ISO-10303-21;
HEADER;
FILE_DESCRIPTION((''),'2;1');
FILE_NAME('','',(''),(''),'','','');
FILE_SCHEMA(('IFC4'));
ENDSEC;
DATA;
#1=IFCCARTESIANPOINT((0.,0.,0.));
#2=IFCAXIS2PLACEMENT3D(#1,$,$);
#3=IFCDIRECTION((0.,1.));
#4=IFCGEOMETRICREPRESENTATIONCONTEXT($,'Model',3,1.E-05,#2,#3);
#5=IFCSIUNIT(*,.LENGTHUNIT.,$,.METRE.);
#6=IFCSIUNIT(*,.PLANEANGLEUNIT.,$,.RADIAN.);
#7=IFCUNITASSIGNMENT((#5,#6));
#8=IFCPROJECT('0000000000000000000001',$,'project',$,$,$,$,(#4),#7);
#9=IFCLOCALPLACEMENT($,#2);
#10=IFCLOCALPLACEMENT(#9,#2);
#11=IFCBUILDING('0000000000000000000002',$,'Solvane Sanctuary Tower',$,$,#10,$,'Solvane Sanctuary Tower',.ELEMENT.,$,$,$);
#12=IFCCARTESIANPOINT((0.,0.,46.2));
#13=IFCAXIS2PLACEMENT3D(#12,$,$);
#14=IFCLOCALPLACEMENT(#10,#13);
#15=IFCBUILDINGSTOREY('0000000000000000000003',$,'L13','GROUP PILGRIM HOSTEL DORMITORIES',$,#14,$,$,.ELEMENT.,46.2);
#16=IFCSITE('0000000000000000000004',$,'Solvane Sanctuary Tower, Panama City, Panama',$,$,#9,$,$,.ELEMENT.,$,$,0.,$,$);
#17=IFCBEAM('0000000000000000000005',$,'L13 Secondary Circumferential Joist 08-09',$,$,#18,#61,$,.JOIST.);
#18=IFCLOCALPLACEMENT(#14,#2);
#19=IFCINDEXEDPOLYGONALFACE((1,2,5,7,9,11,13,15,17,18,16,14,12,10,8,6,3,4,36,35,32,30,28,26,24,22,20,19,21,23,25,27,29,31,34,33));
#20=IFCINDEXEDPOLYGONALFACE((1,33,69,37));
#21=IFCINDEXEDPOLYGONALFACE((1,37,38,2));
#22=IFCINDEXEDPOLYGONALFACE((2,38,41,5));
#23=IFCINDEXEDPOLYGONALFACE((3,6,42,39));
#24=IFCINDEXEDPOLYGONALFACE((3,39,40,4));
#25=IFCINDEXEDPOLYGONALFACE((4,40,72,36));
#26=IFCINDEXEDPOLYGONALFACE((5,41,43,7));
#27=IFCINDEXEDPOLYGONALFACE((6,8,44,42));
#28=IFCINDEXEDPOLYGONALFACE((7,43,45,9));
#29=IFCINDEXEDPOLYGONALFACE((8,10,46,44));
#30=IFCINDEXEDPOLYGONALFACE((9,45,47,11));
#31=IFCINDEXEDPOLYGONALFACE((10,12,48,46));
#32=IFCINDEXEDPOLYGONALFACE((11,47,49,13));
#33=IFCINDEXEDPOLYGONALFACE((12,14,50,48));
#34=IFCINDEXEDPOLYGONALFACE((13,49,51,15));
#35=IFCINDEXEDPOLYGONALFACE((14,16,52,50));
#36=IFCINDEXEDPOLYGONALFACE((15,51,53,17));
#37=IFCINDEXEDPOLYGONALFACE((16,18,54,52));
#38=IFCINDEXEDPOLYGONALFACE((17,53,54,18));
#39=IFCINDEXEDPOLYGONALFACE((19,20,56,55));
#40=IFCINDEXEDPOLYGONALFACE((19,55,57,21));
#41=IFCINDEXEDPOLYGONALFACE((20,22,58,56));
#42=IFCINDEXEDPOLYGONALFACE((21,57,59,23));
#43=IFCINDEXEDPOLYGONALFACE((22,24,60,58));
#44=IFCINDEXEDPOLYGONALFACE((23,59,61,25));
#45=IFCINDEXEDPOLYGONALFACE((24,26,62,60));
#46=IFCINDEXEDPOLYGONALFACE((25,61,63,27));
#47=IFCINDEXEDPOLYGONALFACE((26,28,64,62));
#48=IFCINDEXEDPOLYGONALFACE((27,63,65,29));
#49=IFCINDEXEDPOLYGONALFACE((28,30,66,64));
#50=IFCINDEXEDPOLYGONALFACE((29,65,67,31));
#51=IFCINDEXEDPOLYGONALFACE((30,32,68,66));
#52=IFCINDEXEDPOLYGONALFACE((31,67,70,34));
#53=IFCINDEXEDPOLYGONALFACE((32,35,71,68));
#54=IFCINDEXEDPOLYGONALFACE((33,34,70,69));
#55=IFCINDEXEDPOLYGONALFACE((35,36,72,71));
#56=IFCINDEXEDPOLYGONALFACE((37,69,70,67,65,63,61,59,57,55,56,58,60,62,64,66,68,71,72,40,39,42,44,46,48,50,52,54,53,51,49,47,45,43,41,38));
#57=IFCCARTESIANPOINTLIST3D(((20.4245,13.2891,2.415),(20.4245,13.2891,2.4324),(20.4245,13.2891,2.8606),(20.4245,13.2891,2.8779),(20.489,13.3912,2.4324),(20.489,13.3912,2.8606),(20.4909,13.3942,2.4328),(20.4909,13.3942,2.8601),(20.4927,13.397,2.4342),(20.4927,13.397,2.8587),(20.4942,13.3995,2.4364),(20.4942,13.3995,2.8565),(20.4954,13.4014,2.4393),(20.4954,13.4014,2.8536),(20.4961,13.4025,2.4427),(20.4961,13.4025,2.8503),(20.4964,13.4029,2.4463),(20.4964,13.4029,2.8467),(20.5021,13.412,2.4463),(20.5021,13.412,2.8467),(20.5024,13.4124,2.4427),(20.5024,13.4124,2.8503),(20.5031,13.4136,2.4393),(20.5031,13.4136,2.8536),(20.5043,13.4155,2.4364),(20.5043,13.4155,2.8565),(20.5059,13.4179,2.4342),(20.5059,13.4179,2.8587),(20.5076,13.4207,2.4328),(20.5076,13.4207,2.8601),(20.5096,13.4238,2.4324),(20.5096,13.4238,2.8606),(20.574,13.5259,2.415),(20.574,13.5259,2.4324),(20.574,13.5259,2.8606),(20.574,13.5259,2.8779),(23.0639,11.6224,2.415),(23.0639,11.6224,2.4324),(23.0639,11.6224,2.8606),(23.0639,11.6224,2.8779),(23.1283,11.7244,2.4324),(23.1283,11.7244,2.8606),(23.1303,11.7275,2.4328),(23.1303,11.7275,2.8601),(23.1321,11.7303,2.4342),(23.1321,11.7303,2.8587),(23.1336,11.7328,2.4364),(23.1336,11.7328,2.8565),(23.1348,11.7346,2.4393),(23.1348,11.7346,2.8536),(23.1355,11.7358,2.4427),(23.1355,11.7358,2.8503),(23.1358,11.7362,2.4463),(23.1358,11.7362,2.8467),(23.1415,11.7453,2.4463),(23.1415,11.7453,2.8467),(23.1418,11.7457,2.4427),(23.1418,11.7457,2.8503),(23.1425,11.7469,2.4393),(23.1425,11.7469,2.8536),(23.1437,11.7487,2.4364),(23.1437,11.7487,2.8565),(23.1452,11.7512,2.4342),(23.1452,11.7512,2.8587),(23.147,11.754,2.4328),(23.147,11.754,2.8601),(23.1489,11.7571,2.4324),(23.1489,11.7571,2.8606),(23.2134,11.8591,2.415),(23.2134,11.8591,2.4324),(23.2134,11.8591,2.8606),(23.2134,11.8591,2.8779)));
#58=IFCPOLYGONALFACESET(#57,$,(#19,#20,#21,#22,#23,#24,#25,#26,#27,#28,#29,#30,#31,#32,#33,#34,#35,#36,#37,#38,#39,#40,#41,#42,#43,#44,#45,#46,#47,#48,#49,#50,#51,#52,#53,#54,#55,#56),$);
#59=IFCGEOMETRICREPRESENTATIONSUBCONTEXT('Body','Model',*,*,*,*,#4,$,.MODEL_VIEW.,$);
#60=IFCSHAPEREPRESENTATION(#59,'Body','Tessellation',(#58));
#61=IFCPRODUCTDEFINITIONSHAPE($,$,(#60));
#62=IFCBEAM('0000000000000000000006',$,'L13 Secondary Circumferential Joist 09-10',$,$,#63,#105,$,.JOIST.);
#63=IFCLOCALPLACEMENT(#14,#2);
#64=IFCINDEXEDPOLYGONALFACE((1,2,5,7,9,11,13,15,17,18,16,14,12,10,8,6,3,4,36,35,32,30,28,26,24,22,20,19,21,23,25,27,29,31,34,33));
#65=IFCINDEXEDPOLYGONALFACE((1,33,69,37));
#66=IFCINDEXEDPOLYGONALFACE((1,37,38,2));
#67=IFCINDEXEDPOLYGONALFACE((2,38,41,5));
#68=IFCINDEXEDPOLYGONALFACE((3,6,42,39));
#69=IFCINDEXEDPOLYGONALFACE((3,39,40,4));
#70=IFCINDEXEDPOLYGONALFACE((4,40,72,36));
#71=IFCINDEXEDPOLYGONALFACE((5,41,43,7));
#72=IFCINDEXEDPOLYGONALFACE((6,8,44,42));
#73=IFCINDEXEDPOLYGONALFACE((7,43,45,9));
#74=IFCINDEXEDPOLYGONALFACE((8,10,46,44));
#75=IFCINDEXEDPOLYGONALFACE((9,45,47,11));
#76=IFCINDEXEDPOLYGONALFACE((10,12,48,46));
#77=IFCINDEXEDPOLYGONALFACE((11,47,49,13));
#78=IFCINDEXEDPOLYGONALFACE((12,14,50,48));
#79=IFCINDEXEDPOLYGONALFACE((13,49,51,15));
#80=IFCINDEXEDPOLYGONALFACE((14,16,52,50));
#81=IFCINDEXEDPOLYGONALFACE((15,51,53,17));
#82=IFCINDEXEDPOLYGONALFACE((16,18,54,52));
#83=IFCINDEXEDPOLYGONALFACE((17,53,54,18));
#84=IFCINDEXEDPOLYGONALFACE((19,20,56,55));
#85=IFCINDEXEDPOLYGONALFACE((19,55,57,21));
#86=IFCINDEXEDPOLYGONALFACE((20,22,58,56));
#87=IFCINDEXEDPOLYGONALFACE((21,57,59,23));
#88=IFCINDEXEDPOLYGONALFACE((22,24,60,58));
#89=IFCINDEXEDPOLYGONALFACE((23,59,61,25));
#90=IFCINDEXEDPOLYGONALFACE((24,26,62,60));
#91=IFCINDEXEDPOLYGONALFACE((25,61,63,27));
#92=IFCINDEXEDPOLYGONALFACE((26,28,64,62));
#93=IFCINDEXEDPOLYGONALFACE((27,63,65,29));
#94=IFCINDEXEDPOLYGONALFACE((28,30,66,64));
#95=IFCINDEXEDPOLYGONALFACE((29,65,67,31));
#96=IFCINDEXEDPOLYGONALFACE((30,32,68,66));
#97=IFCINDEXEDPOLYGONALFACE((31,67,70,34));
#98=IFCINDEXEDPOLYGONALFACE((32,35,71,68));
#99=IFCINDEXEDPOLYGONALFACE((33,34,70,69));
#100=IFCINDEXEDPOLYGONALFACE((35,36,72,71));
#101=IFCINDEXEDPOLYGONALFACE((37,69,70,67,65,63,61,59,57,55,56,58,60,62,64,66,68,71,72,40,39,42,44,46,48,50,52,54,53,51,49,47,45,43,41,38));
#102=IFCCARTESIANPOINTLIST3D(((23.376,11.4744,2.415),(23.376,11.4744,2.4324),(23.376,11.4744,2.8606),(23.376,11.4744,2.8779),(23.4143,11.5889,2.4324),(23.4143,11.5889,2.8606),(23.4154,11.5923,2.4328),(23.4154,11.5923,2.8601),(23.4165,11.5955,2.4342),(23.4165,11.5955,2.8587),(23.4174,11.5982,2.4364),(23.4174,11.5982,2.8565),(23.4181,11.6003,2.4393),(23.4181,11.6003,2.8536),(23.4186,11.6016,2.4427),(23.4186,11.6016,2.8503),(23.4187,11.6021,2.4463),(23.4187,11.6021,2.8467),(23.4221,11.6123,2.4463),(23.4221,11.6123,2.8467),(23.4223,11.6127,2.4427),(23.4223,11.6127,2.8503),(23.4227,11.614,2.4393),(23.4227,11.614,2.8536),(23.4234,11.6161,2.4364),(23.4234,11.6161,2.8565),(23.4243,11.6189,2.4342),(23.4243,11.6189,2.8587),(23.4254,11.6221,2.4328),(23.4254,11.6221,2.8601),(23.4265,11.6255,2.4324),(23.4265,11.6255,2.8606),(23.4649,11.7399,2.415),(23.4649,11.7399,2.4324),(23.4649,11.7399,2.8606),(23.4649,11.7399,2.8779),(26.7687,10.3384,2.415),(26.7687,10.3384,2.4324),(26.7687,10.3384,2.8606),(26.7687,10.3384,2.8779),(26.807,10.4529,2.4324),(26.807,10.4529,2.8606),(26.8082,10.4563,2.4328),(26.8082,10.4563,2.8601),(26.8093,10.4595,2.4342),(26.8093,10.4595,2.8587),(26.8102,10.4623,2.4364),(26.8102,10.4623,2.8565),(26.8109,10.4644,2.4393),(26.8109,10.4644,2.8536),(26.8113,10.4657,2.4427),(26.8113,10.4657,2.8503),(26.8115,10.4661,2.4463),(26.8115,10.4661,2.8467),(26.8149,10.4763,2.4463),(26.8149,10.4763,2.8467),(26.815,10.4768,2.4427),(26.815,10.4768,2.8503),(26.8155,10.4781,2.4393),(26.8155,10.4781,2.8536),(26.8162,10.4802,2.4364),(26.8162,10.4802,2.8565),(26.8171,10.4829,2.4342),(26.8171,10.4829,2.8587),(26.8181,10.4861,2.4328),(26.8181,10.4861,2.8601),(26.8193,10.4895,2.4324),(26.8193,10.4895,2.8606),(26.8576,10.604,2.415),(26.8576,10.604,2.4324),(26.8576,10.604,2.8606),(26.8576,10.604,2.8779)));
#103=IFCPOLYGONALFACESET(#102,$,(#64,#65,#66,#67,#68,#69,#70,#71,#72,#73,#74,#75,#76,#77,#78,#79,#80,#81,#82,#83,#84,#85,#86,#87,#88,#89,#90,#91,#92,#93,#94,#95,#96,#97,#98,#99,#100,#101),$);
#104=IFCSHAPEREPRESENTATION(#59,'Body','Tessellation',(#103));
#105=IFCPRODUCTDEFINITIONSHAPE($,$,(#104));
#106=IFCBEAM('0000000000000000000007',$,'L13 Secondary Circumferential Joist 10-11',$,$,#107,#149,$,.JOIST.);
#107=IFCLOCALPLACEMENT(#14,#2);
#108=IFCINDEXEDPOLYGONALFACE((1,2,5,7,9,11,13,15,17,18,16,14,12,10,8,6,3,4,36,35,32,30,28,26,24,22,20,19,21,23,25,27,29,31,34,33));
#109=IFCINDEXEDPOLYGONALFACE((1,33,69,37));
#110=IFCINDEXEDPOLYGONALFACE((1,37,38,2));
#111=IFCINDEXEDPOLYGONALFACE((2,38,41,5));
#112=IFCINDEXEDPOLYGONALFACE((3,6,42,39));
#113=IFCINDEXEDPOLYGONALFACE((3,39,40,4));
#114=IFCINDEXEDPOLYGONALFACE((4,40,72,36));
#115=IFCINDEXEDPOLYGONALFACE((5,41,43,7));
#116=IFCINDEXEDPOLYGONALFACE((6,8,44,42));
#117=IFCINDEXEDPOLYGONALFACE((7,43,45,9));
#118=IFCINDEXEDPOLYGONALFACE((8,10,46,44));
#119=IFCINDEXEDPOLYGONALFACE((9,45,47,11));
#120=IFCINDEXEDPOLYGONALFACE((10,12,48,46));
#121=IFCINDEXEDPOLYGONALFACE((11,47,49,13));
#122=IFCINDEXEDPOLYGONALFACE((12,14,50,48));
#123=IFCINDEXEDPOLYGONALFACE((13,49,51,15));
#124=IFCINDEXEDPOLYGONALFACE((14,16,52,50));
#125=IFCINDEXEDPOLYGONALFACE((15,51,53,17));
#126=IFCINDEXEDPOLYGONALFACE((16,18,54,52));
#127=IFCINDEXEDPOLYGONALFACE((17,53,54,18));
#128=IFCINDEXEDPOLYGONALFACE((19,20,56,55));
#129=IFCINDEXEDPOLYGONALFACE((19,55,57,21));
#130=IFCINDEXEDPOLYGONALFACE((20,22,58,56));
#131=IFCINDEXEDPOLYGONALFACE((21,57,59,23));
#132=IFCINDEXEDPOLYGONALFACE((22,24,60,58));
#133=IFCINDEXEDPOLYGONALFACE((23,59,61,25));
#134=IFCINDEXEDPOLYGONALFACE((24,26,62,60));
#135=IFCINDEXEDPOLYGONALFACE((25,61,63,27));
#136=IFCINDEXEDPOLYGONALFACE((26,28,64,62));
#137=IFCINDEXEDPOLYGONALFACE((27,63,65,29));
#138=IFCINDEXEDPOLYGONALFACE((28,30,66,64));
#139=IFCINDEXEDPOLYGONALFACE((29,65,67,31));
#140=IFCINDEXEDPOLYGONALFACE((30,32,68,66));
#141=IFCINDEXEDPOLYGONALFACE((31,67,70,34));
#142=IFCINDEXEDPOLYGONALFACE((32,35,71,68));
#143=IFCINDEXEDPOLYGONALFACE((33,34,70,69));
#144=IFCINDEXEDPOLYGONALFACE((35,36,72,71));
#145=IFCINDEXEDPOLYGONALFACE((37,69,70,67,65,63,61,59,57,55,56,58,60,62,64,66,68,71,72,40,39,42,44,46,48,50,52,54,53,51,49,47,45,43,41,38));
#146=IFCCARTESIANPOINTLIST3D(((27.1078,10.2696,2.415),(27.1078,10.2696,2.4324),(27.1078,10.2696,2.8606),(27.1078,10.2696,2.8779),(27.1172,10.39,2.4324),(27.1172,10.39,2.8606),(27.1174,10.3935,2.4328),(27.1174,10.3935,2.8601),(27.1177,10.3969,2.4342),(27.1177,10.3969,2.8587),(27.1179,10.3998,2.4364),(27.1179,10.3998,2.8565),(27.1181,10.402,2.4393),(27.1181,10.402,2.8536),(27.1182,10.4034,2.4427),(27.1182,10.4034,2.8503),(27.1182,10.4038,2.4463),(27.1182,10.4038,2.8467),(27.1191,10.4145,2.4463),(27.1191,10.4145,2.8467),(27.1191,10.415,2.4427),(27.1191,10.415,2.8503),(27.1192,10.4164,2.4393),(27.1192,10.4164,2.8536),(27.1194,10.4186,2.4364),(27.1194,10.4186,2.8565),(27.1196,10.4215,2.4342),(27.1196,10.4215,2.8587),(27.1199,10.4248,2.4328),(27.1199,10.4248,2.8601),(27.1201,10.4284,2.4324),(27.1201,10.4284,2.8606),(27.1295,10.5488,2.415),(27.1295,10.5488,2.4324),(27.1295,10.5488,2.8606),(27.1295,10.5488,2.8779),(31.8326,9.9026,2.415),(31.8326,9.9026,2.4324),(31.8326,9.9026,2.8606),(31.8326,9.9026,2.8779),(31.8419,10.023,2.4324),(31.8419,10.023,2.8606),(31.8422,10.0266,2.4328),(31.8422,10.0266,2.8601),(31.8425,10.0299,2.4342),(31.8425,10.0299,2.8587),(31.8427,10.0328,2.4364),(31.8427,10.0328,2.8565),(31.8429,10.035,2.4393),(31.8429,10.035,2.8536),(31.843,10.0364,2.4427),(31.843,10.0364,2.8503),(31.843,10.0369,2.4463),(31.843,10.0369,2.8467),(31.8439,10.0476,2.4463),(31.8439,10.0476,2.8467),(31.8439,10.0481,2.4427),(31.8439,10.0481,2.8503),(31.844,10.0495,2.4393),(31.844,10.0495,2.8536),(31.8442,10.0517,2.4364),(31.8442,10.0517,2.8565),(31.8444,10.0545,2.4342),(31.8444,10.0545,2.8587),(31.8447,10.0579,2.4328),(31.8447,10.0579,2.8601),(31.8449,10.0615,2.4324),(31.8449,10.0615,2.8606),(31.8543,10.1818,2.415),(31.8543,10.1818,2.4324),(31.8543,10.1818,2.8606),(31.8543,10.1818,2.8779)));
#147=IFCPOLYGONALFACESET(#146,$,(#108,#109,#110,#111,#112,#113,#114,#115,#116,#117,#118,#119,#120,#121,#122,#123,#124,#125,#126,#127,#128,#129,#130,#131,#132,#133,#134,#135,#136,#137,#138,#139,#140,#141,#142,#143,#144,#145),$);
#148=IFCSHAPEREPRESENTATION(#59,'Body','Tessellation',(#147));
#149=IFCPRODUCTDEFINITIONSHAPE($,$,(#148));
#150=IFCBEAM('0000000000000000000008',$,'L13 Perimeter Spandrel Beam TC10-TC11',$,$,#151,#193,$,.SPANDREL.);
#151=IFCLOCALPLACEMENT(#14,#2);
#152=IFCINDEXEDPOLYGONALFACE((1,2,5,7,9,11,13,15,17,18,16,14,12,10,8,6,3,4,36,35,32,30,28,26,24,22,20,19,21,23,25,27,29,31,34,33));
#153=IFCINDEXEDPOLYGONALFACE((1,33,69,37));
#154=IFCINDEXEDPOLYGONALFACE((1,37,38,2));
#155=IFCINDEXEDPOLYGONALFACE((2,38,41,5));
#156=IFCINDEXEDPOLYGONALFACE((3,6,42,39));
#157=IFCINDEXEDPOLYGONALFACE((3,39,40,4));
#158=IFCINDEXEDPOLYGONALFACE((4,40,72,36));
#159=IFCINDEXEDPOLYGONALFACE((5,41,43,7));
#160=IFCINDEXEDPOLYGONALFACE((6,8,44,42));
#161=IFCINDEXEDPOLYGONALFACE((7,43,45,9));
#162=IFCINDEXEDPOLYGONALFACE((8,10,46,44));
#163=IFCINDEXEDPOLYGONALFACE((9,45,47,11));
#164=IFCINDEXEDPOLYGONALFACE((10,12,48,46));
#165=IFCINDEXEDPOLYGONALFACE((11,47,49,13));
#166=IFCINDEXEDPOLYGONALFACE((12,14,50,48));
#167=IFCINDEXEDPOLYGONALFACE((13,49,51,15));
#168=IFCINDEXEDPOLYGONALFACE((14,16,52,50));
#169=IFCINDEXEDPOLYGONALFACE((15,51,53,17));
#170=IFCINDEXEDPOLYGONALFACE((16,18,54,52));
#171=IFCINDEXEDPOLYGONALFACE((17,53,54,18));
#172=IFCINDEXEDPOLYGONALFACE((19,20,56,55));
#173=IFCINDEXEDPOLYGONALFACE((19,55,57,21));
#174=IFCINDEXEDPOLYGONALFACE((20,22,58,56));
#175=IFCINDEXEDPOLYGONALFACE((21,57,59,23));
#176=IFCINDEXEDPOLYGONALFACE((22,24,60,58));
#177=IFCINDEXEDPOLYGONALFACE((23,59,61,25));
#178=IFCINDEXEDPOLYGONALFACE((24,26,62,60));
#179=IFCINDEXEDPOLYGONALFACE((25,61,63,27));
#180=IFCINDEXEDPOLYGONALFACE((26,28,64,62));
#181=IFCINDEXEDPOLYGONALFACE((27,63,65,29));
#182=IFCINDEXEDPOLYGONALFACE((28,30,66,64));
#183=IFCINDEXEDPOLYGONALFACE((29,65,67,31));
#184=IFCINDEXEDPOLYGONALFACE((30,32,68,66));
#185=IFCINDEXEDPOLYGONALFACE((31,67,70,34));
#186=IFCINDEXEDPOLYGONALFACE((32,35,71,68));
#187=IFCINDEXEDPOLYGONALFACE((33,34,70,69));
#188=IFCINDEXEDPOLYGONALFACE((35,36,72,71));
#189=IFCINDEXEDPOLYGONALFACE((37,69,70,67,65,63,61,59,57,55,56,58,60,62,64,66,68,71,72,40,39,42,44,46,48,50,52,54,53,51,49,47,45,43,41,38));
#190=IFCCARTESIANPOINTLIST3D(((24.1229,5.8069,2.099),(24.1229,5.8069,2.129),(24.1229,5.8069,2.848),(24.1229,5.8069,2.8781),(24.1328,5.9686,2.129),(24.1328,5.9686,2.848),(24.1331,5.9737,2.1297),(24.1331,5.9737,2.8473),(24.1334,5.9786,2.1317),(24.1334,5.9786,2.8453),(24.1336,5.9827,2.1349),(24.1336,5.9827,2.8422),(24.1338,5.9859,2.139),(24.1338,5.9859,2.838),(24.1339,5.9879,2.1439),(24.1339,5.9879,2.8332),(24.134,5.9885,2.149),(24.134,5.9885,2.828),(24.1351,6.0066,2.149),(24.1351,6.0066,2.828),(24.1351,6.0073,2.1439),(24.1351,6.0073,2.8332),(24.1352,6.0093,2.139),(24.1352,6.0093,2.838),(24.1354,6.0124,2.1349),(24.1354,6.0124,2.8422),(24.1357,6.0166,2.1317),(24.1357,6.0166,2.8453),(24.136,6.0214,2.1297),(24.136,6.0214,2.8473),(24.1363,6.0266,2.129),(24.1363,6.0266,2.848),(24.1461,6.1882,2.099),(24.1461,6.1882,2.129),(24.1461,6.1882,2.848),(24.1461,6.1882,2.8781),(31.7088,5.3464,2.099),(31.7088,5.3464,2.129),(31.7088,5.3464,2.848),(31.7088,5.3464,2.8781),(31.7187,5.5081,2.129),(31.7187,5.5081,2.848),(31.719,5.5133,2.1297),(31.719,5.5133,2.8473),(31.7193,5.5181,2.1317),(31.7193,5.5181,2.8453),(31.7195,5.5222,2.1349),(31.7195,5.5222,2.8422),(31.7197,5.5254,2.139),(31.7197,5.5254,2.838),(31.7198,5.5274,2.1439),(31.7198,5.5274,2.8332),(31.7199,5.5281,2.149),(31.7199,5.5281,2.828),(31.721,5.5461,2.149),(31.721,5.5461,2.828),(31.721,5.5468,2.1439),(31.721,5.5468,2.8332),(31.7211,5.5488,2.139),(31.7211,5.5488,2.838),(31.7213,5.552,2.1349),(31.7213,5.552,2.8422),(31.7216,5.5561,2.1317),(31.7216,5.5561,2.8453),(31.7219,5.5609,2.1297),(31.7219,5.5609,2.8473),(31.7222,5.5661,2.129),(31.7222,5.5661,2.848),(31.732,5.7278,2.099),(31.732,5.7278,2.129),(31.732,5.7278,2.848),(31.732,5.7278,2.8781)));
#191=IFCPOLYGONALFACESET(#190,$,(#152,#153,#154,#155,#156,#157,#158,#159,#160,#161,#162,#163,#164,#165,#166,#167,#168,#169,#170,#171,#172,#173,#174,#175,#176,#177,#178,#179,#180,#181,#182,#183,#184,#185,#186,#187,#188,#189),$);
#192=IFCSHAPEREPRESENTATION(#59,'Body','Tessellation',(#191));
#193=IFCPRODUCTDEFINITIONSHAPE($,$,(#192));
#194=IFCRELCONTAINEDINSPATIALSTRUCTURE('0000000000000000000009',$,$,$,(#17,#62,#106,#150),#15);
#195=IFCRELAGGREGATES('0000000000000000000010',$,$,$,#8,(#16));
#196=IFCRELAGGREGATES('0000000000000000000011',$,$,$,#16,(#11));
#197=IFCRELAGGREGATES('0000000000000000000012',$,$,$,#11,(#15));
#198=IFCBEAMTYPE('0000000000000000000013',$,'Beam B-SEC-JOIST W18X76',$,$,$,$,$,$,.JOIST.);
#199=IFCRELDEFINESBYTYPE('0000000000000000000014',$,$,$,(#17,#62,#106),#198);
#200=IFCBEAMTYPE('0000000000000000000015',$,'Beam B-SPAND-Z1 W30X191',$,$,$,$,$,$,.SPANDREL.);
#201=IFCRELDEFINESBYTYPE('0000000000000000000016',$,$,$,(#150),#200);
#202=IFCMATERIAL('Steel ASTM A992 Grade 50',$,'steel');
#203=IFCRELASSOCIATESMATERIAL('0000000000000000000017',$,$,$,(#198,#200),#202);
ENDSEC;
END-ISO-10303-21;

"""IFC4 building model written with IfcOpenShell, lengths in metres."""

from ifc_helpers import new_model, si_unit, direction, frame, origin, origin_2d, place, context, subcontext, project, spatial, i_section, extrude, material, material_profile, profile_set, type_object, element, save


model = new_model("IFC4")

# Units and contexts
model_context = context("Model", 3, precision=1e-05, world=origin(), true_north=direction((0.0, 1.0)))
body_context = subcontext(model_context, "Body", "Model", "MODEL_VIEW")
ifc_project = project(units=[si_unit("LENGTHUNIT", "METRE"), si_unit("PLANEANGLEUNIT", "RADIAN")], contexts=[model_context])

# Site, building, storey
site_placement = place(None, origin())
site = spatial("IfcSite", under=ifc_project, at=site_placement, Name="Solvane Sanctuary Tower, Panama City, Panama", CompositionType="ELEMENT", RefElevation=0.0)
building_placement = place(site_placement, origin())
building = spatial("IfcBuilding", under=site, at=building_placement, Name="Solvane Sanctuary Tower", LongName="Solvane Sanctuary Tower", CompositionType="ELEMENT")
storey_placement = place(building_placement, frame((0.0, 0.0, 46.2)))
storey = spatial("IfcBuildingStorey", under=building, at=storey_placement, Name="L13", Description="GROUP PILGRIM HOSTEL DORMITORIES", CompositionType="ELEMENT", Elevation=46.2)

# Beams
ifc_material_1 = material(Name="Steel ASTM A992 Grade 50", Category="steel")
ifc_material_profile_1 = material_profile(ifc_material_1, i_section(OverallWidth=0.28, OverallDepth=0.4629, WebThickness=0.0107, FlangeThickness=0.0173, FilletRadius=0.0139, at=origin_2d()), Name="W18X76")
ifc_profile_set_1 = profile_set([ifc_material_profile_1], Name="Steel ASTM A992 Grade 50")
beam_type_1 = type_object("IfcBeamType", Name="Beam B-SEC-JOIST W18X76", PredefinedType="JOIST", material=ifc_profile_set_1)
beam_1_placement = place(storey_placement, frame((20.4993, 13.4075, 2.6465), z_axis=(0.845524, -0.533937, 0.0), x_axis=(0.533937, 0.845524, 0.0)))
element("IfcBeam", 1, at=beam_1_placement, inside=storey, type_object=beam_type_1, Name="L13 Secondary Circumferential Joist 08-09", PredefinedType="JOIST", context=body_context, shape_type="SweptSolid", body=[
    extrude(i_section(OverallWidth=0.28, OverallDepth=0.4629, WebThickness=0.0107, FlangeThickness=0.0173, FilletRadius=0.0139, at=origin_2d()), origin(), (0.0, 0.0, 1.0), 3.1216),
])
beam_2_placement = place(storey_placement, frame((23.4204, 11.6072, 2.6465), z_axis=(0.948259, -0.317497, 0.0), x_axis=(0.317497, 0.948259, 0.0)))
element("IfcBeam", 2, at=beam_2_placement, inside=storey, type_object=beam_type_1, Name="L13 Secondary Circumferential Joist 09-10", PredefinedType="JOIST", context=body_context, shape_type="SweptSolid", body=[
    extrude(i_section(OverallWidth=0.28, OverallDepth=0.4629, WebThickness=0.0107, FlangeThickness=0.0173, FilletRadius=0.0139, at=origin_2d()), origin(), (0.0, 0.0, 1.0), 3.5779),
])
beam_3_placement = place(storey_placement, frame((27.1187, 10.4092, 2.6465), z_axis=(0.996998, -0.077429, 0.0), x_axis=(0.077429, 0.996998, 0.0)))
element("IfcBeam", 3, at=beam_3_placement, inside=storey, type_object=beam_type_1, Name="L13 Secondary Circumferential Joist 10-11", PredefinedType="JOIST", context=body_context, shape_type="SweptSolid", body=[
    extrude(i_section(OverallWidth=0.28, OverallDepth=0.4629, WebThickness=0.0107, FlangeThickness=0.0173, FilletRadius=0.0139, at=origin_2d()), origin(), (0.0, 0.0, 1.0), 4.739),
])
ifc_material_profile_2 = material_profile(ifc_material_1, i_section(OverallWidth=0.3821, OverallDepth=0.7791, WebThickness=0.0181, FlangeThickness=0.03, FilletRadius=0.02, at=origin_2d()), Name="W30X191")
ifc_profile_set_2 = profile_set([ifc_material_profile_2], Name="Steel ASTM A992 Grade 50")
beam_type_2 = type_object("IfcBeamType", Name="Beam B-SPAND-Z1 W30X191", PredefinedType="SPANDREL", material=ifc_profile_set_2)
beam_4_placement = place(storey_placement, frame((24.1345, 5.9976, 2.4885), z_axis=(0.998163, -0.060586, 0.0), x_axis=(0.060586, 0.998163, 0.0)))
element("IfcBeam", 4, at=beam_4_placement, inside=storey, type_object=beam_type_2, Name="L13 Perimeter Spandrel Beam TC10-TC11", PredefinedType="SPANDREL", context=body_context, shape_type="SweptSolid", body=[
    extrude(i_section(OverallWidth=0.3821, OverallDepth=0.7791, WebThickness=0.0181, FlangeThickness=0.03, FilletRadius=0.02, at=origin_2d()), origin(), (0.0, 0.0, 1.0), 7.5999),
])

save(model, "model.ifc")
